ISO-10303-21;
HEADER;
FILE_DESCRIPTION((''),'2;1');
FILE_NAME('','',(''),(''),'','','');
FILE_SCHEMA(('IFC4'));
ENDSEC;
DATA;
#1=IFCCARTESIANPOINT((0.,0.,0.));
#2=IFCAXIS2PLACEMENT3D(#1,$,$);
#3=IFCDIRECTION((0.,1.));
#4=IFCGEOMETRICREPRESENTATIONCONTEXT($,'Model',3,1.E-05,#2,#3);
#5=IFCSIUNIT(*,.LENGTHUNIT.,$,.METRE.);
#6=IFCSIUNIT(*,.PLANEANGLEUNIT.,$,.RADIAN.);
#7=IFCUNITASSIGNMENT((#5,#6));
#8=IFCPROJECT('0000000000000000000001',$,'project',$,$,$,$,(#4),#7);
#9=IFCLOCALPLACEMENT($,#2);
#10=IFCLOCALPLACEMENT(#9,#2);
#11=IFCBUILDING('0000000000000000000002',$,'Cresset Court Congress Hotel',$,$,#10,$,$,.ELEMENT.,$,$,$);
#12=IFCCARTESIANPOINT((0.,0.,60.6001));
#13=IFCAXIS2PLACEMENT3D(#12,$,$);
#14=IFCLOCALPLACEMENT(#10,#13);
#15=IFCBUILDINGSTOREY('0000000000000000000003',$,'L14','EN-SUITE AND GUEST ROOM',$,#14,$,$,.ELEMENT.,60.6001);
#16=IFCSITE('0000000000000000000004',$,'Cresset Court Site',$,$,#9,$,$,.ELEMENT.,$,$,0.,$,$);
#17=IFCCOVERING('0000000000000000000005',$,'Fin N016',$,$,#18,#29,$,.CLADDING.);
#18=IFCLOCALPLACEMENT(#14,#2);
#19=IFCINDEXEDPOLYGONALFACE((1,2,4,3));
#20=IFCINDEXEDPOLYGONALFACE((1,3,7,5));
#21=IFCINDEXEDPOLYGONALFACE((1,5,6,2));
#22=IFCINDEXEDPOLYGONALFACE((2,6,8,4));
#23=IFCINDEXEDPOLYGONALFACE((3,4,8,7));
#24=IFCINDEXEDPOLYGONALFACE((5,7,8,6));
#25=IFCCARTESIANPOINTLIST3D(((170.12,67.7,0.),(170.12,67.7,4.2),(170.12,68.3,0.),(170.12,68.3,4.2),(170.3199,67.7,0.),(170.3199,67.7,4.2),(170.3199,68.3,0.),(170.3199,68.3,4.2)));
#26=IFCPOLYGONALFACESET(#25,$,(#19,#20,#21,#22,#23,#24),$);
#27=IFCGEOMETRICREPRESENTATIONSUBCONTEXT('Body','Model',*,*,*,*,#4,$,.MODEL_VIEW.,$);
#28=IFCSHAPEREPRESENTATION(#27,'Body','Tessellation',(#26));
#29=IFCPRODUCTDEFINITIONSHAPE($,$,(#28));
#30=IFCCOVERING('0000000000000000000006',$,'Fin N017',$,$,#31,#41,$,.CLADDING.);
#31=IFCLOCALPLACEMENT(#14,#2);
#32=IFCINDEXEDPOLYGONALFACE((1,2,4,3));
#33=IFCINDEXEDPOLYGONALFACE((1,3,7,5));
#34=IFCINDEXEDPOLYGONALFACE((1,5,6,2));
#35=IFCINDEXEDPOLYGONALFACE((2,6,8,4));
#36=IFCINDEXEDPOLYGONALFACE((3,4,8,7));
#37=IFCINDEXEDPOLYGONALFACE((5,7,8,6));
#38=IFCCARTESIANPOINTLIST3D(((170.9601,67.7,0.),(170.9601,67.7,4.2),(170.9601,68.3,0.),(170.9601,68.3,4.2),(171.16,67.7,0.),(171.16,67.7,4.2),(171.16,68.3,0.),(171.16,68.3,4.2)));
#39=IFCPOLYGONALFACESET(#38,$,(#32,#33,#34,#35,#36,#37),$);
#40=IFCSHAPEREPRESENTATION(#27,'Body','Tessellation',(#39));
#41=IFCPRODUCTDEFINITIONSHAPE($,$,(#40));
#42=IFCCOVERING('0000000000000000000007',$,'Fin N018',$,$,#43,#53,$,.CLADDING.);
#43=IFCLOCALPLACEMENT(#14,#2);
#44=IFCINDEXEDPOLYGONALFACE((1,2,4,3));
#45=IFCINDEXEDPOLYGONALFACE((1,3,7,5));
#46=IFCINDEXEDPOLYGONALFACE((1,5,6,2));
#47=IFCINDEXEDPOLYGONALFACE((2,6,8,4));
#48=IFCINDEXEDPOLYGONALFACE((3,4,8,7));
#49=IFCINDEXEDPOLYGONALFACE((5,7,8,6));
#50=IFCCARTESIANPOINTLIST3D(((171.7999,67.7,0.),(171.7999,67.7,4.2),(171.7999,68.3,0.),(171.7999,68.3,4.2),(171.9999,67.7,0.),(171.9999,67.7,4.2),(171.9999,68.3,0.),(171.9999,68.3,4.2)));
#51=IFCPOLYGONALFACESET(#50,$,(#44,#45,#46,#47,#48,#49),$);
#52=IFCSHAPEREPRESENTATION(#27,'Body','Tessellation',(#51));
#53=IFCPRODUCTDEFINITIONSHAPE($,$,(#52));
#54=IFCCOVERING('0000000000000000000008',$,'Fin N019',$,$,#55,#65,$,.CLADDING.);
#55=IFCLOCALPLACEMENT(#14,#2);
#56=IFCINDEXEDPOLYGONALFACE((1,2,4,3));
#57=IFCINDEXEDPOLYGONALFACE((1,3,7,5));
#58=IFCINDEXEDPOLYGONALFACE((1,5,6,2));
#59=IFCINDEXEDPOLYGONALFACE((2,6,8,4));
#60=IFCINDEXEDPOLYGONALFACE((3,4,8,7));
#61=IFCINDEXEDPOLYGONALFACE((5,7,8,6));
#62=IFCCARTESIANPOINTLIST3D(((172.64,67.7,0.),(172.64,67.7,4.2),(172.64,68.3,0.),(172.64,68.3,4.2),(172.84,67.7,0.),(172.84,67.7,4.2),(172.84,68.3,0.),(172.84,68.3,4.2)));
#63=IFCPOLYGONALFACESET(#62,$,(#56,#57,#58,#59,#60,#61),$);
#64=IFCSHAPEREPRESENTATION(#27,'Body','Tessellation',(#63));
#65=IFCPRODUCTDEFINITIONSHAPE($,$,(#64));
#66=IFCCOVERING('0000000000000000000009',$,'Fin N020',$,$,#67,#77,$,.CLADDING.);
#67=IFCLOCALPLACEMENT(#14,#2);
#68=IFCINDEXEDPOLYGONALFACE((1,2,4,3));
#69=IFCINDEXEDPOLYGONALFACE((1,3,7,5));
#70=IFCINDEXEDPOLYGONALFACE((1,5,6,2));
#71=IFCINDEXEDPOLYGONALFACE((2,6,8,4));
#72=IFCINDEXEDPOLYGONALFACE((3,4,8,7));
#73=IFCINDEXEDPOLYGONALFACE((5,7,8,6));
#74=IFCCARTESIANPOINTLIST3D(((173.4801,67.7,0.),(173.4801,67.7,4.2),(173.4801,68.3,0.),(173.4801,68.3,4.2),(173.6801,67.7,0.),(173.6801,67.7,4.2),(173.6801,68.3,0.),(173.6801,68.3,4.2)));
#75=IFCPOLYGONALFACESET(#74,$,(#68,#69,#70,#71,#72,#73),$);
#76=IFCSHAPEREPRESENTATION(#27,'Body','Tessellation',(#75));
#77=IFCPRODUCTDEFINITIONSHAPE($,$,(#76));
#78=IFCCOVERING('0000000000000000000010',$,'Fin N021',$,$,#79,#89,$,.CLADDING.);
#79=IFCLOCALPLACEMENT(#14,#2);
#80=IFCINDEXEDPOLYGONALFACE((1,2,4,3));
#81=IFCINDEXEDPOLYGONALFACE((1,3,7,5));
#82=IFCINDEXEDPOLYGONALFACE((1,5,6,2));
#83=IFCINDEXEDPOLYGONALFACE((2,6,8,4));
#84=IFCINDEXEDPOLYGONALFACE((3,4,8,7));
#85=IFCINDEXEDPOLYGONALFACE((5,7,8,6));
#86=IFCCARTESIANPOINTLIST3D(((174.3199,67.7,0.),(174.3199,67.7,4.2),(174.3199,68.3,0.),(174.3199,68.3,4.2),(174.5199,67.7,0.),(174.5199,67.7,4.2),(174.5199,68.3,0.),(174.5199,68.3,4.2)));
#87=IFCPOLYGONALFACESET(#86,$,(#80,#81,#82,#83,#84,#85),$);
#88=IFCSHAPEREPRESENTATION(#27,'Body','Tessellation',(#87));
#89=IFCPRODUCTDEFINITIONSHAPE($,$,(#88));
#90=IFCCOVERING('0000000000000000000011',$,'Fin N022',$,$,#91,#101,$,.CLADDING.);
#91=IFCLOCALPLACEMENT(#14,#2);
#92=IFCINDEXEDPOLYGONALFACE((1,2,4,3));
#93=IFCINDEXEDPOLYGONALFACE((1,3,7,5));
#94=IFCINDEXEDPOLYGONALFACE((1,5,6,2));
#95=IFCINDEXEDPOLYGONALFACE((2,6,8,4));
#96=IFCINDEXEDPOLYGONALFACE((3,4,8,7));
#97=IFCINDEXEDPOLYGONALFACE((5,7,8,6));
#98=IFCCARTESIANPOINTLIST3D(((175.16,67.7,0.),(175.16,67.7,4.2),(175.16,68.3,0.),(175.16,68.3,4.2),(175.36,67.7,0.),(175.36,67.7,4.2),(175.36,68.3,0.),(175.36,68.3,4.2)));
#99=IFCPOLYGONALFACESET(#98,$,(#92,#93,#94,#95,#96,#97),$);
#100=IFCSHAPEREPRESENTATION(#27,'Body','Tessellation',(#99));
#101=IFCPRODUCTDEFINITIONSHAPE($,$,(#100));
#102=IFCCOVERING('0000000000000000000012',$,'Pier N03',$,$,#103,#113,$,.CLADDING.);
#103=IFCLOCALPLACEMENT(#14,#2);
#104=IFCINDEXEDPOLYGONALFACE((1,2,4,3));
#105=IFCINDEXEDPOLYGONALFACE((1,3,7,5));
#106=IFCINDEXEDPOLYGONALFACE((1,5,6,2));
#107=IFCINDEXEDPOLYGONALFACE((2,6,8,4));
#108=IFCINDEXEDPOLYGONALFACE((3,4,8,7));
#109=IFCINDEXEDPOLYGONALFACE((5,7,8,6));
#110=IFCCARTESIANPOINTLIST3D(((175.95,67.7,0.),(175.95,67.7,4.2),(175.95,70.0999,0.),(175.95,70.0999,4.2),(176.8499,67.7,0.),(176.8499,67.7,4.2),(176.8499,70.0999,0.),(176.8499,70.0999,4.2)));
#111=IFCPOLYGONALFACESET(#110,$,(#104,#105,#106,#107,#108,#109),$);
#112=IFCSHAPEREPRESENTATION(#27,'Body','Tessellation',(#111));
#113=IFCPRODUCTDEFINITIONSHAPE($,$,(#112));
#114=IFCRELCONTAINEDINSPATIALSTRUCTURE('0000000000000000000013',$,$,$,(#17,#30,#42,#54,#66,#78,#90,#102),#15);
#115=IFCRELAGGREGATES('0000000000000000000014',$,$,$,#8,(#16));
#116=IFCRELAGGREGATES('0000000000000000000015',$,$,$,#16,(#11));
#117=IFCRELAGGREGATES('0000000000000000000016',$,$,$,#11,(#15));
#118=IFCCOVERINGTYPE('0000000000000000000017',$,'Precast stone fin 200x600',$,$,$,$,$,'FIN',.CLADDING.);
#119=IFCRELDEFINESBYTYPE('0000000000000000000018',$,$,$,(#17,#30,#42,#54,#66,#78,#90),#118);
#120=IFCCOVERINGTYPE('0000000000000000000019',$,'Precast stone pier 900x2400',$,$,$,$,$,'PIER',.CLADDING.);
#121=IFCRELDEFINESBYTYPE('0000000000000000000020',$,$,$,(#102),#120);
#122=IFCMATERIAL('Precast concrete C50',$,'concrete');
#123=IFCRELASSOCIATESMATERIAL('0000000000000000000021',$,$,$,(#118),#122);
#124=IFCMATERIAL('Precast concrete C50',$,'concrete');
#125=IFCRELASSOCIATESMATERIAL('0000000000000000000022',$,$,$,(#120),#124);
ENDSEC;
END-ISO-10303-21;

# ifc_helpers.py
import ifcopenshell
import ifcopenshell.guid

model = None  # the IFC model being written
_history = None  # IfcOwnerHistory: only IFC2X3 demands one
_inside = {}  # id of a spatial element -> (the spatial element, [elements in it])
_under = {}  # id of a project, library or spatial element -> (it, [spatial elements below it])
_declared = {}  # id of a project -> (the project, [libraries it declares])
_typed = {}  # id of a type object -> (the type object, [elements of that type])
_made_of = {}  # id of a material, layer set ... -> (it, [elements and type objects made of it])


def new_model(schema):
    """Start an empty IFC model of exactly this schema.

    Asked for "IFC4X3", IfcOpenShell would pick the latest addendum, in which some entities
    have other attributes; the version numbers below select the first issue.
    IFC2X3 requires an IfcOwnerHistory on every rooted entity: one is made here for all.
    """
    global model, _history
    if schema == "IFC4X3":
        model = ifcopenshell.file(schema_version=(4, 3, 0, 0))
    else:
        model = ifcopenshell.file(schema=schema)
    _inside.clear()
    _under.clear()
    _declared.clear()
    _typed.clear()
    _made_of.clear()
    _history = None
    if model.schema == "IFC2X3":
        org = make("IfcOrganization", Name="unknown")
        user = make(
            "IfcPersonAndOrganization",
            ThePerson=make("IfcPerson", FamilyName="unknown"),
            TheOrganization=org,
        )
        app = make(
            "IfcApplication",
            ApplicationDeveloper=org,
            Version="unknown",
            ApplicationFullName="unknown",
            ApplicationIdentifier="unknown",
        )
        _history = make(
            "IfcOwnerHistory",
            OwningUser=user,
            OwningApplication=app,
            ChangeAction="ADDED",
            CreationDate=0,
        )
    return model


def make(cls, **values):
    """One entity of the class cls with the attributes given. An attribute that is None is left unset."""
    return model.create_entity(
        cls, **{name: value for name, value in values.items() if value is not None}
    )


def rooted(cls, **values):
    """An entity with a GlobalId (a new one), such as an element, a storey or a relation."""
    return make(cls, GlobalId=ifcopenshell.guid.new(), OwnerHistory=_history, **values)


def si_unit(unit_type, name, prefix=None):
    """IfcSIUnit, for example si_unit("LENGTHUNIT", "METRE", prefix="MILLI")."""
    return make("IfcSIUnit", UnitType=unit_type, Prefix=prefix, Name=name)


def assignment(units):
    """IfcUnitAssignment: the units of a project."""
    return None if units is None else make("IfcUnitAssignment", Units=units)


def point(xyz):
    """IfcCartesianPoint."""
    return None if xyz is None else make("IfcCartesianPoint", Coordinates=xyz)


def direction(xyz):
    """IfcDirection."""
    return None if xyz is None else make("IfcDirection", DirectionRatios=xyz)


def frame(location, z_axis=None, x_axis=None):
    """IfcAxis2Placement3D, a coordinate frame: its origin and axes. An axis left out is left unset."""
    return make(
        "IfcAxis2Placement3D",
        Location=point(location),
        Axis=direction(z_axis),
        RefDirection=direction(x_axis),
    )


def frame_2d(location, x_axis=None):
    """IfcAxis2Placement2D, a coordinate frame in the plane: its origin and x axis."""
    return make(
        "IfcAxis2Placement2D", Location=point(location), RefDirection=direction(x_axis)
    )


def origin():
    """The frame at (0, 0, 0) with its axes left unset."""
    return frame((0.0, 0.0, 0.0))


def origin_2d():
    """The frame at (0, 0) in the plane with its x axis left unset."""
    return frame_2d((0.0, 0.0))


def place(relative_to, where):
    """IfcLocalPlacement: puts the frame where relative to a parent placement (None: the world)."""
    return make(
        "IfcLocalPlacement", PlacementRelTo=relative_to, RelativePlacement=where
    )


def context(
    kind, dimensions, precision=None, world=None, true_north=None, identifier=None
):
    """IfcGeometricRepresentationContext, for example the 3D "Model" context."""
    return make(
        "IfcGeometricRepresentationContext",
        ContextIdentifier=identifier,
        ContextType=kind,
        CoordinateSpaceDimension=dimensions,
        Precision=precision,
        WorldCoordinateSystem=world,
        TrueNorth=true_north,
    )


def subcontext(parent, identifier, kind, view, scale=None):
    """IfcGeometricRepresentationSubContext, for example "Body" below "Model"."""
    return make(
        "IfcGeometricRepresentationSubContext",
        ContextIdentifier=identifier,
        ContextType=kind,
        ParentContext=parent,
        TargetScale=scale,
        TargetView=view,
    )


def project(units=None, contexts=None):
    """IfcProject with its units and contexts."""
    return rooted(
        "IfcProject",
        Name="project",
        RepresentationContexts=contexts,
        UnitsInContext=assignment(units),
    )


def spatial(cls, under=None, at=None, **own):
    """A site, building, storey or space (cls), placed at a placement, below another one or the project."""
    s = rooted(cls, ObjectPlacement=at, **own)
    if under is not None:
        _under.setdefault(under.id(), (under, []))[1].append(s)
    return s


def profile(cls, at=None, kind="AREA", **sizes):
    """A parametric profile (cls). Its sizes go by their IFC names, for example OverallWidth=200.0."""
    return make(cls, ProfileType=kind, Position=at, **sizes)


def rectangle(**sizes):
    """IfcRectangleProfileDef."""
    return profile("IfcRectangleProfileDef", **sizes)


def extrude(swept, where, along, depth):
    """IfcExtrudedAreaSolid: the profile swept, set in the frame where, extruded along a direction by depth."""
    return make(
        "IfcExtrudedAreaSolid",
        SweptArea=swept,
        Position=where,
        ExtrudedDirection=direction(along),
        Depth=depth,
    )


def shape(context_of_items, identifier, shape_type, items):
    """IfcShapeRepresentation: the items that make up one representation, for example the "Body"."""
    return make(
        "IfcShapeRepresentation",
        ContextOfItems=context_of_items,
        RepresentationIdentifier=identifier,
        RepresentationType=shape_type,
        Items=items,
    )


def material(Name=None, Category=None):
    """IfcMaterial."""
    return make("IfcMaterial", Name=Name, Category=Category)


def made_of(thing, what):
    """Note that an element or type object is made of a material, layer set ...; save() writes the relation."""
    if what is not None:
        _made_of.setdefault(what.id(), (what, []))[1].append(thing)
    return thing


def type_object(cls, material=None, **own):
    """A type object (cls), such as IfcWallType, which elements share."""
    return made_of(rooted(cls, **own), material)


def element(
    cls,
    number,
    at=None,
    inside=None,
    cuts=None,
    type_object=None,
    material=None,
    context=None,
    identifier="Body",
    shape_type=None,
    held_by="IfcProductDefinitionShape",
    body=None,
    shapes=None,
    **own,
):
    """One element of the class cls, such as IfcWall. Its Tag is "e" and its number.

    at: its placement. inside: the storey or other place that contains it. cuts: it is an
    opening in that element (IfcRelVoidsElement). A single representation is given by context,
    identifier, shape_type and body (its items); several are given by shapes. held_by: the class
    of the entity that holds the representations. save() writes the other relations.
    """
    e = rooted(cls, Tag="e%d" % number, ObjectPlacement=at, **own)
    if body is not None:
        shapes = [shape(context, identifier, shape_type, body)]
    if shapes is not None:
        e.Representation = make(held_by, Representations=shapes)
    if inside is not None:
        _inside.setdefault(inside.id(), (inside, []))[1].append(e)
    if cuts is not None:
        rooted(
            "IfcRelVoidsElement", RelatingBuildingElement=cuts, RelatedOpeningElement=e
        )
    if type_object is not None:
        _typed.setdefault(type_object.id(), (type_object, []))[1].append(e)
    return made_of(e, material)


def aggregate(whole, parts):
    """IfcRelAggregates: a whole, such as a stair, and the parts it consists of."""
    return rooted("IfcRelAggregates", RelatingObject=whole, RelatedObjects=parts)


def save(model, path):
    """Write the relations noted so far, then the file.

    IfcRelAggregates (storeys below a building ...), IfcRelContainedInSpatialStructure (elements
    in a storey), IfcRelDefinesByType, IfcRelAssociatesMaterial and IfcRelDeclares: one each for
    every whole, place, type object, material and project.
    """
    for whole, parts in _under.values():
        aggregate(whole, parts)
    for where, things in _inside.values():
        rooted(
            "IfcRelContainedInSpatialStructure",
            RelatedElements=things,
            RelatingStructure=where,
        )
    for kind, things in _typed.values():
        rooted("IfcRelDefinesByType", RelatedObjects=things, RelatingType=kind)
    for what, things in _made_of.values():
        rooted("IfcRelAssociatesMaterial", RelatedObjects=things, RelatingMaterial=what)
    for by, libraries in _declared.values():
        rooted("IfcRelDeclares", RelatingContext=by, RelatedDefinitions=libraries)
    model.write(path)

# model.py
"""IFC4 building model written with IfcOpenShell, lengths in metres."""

from ifc_helpers import new_model, si_unit, direction, frame, origin, origin_2d, place, context, subcontext, project, spatial, rectangle, extrude, material, type_object, element, save


model = new_model("IFC4")

# Units and contexts
model_context = context("Model", 3, precision=1e-05, world=origin(), true_north=direction((0.0, 1.0)))
body_context = subcontext(model_context, "Body", "Model", "MODEL_VIEW")
ifc_project = project(units=[si_unit("LENGTHUNIT", "METRE"), si_unit("PLANEANGLEUNIT", "RADIAN")], contexts=[model_context])

# Site, building, storey
site_placement = place(None, origin())
site = spatial("IfcSite", under=ifc_project, at=site_placement, Name="Cresset Court Site", CompositionType="ELEMENT", RefElevation=0.0)
building_placement = place(site_placement, origin())
building = spatial("IfcBuilding", under=site, at=building_placement, Name="Cresset Court Congress Hotel", CompositionType="ELEMENT")
storey_placement = place(building_placement, frame((0.0, 0.0, 60.6001)))
storey = spatial("IfcBuildingStorey", under=building, at=storey_placement, Name="L14", Description="EN-SUITE AND GUEST ROOM", CompositionType="ELEMENT", Elevation=60.6001)

# Coverings
ifc_material_1 = material(Name="Precast concrete C50", Category="concrete")
covering_type_1 = type_object("IfcCoveringType", Name="Precast stone fin 200x600", ElementType="FIN", PredefinedType="CLADDING", material=ifc_material_1)
for number, where, z_axis, x_axis, name in (
    (1, (170.22, 68.0, 0.0), (0.0, 0.0, 1.0), (1.0, 0.0, 0.0), "Fin N016"),
    (2, (171.0601, 68.0, 0.0), (0.0, 0.0, 1.0), (1.0, 0.0, 0.0), "Fin N017"),
    (3, (171.8999, 68.0, 0.0), (0.0, 0.0, 1.0), (1.0, 0.0, 0.0), "Fin N018"),
    (4, (172.74, 68.0, 0.0), (0.0, 0.0, 1.0), (1.0, 0.0, 0.0), "Fin N019"),
    (5, (173.5801, 68.0, 0.0), (0.0, 0.0, 1.0), (1.0, 0.0, 0.0), "Fin N020"),
    (6, (174.4199, 68.0, 0.0), (0.0, 0.0, 1.0), (1.0, 0.0, 0.0), "Fin N021"),
    (7, (175.26, 68.0, 0.0), (0.0, 0.0, 1.0), (1.0, 0.0, 0.0), "Fin N022"),
):
    element("IfcCovering", number, at=place(storey_placement, frame(where, z_axis=z_axis, x_axis=x_axis)), inside=storey, type_object=covering_type_1, Name=name, PredefinedType="CLADDING", context=body_context, shape_type="SweptSolid", body=[
        extrude(rectangle(XDim=0.2, YDim=0.6001, at=origin_2d()), origin(), (0.0, 0.0, 1.0), 4.2),
    ])
ifc_material_2 = material(Name="Precast concrete C50", Category="concrete")
covering_type_2 = type_object("IfcCoveringType", Name="Precast stone pier 900x2400", ElementType="PIER", PredefinedType="CLADDING", material=ifc_material_2)
covering_placement = place(storey_placement, frame((176.3999, 68.8999, 0.0), z_axis=(0.0, 0.0, 1.0), x_axis=(1.0, 0.0, 0.0)))
element("IfcCovering", 8, at=covering_placement, inside=storey, type_object=covering_type_2, Name="Pier N03", PredefinedType="CLADDING", context=body_context, shape_type="SweptSolid", body=[
    extrude(rectangle(XDim=0.8999, YDim=2.3999, at=origin_2d()), origin(), (0.0, 0.0, 1.0), 4.2),
])

save(model, "model.ifc")
